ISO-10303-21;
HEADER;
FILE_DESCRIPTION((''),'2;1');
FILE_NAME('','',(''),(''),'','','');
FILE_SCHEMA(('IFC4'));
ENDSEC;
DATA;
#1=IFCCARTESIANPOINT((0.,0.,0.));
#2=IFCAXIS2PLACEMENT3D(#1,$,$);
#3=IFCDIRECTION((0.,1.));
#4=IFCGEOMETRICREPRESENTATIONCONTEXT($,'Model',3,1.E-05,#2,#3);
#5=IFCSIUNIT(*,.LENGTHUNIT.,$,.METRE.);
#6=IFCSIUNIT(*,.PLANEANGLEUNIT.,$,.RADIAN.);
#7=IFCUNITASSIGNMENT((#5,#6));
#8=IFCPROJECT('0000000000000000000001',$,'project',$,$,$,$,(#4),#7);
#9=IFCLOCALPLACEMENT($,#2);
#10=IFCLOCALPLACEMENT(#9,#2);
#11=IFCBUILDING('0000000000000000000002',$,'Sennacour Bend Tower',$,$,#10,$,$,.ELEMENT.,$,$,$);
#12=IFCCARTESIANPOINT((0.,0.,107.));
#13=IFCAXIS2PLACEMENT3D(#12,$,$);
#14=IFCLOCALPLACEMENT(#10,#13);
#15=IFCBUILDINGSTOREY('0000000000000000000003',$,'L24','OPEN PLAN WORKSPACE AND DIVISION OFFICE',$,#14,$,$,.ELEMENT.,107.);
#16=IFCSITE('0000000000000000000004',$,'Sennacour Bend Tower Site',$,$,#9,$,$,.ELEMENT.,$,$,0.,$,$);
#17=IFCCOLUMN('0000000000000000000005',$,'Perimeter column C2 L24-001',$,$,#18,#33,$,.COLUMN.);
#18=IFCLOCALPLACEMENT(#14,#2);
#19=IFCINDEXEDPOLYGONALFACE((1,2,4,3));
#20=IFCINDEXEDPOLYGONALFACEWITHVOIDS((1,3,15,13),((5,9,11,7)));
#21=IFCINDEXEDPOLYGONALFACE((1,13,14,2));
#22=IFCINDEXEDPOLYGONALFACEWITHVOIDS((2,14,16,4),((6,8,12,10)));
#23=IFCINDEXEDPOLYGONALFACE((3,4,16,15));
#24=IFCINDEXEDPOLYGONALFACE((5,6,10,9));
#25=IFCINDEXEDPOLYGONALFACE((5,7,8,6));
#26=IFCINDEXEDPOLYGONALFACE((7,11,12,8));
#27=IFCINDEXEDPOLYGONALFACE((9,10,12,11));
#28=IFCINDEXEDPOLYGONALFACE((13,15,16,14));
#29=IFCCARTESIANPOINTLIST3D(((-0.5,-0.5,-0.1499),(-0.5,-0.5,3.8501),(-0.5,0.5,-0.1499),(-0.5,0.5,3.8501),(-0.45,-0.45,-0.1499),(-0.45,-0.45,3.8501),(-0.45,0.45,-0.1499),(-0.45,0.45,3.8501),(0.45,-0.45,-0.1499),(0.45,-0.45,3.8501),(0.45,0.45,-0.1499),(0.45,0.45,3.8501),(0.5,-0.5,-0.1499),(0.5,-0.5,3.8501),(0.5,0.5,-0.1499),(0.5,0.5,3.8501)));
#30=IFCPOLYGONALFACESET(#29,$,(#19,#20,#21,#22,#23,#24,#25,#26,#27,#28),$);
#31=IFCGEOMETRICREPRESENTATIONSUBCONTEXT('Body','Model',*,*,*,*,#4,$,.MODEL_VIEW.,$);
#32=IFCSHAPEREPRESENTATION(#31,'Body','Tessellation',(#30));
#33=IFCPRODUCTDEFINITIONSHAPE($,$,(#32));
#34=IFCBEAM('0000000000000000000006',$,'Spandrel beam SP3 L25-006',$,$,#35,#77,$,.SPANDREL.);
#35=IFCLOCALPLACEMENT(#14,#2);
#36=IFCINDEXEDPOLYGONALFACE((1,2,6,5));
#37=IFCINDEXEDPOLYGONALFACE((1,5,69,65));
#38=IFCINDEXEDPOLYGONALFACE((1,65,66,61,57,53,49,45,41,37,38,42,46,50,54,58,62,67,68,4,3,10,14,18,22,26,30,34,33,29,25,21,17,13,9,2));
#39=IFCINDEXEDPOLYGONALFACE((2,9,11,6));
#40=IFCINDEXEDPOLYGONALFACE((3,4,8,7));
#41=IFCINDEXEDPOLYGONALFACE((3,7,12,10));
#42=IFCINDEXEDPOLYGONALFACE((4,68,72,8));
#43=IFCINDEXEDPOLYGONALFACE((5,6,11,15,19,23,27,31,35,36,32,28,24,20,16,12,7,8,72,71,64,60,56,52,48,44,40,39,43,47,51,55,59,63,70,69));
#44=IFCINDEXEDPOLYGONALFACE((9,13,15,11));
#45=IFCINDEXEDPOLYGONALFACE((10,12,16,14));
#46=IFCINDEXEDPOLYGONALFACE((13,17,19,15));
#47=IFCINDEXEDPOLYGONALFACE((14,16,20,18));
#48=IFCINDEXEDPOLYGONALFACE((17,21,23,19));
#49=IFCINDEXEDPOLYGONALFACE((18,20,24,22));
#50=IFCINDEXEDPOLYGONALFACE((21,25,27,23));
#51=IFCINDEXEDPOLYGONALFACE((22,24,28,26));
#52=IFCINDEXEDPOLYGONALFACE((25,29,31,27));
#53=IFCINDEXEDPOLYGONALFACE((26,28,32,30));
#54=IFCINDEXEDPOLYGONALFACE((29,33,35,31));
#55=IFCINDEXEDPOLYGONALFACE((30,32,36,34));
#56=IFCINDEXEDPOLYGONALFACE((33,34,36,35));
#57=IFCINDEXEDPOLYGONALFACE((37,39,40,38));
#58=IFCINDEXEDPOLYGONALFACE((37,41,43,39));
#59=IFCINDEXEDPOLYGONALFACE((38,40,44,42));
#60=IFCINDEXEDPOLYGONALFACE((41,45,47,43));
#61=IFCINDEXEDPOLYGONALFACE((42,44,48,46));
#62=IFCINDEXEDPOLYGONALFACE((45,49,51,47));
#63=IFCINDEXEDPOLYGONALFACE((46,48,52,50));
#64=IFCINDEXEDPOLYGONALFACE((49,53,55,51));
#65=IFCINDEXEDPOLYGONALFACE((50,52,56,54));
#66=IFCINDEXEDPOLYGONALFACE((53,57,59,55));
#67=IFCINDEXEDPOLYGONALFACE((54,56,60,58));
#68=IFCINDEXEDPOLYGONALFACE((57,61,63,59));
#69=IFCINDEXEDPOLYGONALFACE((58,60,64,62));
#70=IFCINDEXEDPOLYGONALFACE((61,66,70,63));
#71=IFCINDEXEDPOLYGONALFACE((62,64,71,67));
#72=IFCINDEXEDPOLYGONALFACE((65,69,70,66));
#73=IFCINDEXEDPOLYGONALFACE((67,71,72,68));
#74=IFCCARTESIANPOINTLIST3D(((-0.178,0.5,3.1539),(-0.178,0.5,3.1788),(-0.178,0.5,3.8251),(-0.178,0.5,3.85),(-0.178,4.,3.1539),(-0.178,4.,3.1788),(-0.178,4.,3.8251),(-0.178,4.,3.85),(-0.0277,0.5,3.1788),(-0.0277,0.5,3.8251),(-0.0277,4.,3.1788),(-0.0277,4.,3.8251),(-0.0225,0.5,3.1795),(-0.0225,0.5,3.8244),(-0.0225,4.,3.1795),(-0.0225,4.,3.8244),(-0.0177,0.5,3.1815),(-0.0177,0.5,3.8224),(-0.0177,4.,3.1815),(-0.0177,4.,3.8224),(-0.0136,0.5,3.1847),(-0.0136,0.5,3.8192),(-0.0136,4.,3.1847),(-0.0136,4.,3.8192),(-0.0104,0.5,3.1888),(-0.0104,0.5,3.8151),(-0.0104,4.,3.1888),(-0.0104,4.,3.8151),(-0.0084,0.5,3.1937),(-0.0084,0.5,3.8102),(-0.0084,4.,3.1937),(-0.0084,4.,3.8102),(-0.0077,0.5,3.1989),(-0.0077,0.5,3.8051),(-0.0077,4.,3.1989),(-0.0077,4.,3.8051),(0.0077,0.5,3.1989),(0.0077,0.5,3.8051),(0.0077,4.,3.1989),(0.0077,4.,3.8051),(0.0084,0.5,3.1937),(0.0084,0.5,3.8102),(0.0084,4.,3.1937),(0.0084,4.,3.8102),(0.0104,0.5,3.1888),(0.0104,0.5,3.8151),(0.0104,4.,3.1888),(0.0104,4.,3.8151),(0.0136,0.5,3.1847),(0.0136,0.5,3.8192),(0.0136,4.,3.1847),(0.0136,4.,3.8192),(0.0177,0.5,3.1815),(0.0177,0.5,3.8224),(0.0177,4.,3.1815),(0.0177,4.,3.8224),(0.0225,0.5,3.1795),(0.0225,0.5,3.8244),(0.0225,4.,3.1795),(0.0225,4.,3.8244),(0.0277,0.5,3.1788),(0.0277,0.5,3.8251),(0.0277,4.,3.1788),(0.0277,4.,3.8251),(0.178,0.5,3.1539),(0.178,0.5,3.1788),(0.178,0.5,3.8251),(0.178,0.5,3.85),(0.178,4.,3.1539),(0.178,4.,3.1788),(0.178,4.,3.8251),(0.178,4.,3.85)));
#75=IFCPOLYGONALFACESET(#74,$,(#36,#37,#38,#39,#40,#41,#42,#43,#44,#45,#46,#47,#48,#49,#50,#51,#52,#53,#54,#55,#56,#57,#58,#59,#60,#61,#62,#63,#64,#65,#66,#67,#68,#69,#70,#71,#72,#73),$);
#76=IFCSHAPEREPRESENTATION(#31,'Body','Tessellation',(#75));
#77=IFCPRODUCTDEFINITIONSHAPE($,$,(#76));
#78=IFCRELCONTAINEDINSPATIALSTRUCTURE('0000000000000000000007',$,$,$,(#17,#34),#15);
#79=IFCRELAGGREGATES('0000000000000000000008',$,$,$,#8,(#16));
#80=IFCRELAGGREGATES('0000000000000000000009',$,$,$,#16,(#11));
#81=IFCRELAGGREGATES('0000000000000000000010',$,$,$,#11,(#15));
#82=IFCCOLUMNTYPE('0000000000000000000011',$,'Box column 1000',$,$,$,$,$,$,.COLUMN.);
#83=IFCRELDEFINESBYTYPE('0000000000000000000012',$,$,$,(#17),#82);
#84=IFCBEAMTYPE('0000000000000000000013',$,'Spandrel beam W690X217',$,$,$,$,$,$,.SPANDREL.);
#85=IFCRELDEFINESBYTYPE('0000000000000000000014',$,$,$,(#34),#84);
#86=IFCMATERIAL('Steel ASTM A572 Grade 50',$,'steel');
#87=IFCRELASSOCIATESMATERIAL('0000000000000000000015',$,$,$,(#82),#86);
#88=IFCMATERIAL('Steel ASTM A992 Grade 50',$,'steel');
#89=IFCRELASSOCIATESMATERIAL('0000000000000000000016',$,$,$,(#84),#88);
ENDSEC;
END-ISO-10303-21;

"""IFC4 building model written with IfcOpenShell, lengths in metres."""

from ifc_helpers import new_model, si_unit, direction, frame, origin, origin_2d, place, context, subcontext, project, spatial, hollow_rectangle, i_section, extrude, material, material_profile, profile_set, type_object, element, save


model = new_model("IFC4")

# Units and contexts
model_context = context("Model", 3, precision=1e-05, world=origin(), true_north=direction((0.0, 1.0)))
body_context = subcontext(model_context, "Body", "Model", "MODEL_VIEW")
ifc_project = project(units=[si_unit("LENGTHUNIT", "METRE"), si_unit("PLANEANGLEUNIT", "RADIAN")], contexts=[model_context])

# Site, building, storey
site_placement = place(None, origin())
site = spatial("IfcSite", under=ifc_project, at=site_placement, Name="Sennacour Bend Tower Site", CompositionType="ELEMENT", RefElevation=0.0)
building_placement = place(site_placement, origin())
building = spatial("IfcBuilding", under=site, at=building_placement, Name="Sennacour Bend Tower", CompositionType="ELEMENT")
storey_placement = place(building_placement, frame((0.0, 0.0, 107.0)))
storey = spatial("IfcBuildingStorey", under=building, at=storey_placement, Name="L24", Description="OPEN PLAN WORKSPACE AND DIVISION OFFICE", CompositionType="ELEMENT", Elevation=107.0)

# Column
ifc_material_1 = material(Name="Steel ASTM A572 Grade 50", Category="steel")
ifc_material_profile_1 = material_profile(ifc_material_1, hollow_rectangle(XDim=1.0, YDim=1.0, WallThickness=0.05, at=origin_2d()), Name="Steel ASTM A572 Grade 50", Category="steel")
ifc_profile_set_1 = profile_set([ifc_material_profile_1], Name="Steel ASTM A572 Grade 50")
column_type = type_object("IfcColumnType", Name="Box column 1000", PredefinedType="COLUMN", material=ifc_profile_set_1)
column_placement = place(storey_placement, frame((0.0, 0.0, -0.1499), z_axis=(0.0, 0.0, 1.0), x_axis=(1.0, 0.0, 0.0)))
element("IfcColumn", 1, at=column_placement, inside=storey, type_object=column_type, Name="Perimeter column C2 L24-001", PredefinedType="COLUMN", context=body_context, shape_type="SweptSolid", body=[
    extrude(hollow_rectangle(XDim=1.0, YDim=1.0, WallThickness=0.05, at=origin_2d()), origin(), (0.0, 0.0, 1.0), 4.0),
])

# Beam
ifc_material_2 = material(Name="Steel ASTM A992 Grade 50", Category="steel")
ifc_material_profile_2 = material_profile(ifc_material_2, i_section(OverallWidth=0.356, OverallDepth=0.696, WebThickness=0.0154, FlangeThickness=0.0249, FilletRadius=0.02, at=origin_2d()), Name="Steel ASTM A992 Grade 50", Category="steel")
ifc_profile_set_2 = profile_set([ifc_material_profile_2], Name="Steel ASTM A992 Grade 50")
beam_type = type_object("IfcBeamType", Name="Spandrel beam W690X217", PredefinedType="SPANDREL", material=ifc_profile_set_2)
beam_placement = place(storey_placement, frame((0.0, 0.5, 3.502), z_axis=(0.0, 1.0, 0.0), x_axis=(-1.0, 0.0, 0.0)))
element("IfcBeam", 2, at=beam_placement, inside=storey, type_object=beam_type, Name="Spandrel beam SP3 L25-006", PredefinedType="SPANDREL", context=body_context, shape_type="SweptSolid", body=[
    extrude(i_section(OverallWidth=0.356, OverallDepth=0.696, WebThickness=0.0154, FlangeThickness=0.0249, FilletRadius=0.02, at=origin_2d()), origin(), (0.0, 0.0, 1.0), 3.5),
])

save(model, "model.ifc")
